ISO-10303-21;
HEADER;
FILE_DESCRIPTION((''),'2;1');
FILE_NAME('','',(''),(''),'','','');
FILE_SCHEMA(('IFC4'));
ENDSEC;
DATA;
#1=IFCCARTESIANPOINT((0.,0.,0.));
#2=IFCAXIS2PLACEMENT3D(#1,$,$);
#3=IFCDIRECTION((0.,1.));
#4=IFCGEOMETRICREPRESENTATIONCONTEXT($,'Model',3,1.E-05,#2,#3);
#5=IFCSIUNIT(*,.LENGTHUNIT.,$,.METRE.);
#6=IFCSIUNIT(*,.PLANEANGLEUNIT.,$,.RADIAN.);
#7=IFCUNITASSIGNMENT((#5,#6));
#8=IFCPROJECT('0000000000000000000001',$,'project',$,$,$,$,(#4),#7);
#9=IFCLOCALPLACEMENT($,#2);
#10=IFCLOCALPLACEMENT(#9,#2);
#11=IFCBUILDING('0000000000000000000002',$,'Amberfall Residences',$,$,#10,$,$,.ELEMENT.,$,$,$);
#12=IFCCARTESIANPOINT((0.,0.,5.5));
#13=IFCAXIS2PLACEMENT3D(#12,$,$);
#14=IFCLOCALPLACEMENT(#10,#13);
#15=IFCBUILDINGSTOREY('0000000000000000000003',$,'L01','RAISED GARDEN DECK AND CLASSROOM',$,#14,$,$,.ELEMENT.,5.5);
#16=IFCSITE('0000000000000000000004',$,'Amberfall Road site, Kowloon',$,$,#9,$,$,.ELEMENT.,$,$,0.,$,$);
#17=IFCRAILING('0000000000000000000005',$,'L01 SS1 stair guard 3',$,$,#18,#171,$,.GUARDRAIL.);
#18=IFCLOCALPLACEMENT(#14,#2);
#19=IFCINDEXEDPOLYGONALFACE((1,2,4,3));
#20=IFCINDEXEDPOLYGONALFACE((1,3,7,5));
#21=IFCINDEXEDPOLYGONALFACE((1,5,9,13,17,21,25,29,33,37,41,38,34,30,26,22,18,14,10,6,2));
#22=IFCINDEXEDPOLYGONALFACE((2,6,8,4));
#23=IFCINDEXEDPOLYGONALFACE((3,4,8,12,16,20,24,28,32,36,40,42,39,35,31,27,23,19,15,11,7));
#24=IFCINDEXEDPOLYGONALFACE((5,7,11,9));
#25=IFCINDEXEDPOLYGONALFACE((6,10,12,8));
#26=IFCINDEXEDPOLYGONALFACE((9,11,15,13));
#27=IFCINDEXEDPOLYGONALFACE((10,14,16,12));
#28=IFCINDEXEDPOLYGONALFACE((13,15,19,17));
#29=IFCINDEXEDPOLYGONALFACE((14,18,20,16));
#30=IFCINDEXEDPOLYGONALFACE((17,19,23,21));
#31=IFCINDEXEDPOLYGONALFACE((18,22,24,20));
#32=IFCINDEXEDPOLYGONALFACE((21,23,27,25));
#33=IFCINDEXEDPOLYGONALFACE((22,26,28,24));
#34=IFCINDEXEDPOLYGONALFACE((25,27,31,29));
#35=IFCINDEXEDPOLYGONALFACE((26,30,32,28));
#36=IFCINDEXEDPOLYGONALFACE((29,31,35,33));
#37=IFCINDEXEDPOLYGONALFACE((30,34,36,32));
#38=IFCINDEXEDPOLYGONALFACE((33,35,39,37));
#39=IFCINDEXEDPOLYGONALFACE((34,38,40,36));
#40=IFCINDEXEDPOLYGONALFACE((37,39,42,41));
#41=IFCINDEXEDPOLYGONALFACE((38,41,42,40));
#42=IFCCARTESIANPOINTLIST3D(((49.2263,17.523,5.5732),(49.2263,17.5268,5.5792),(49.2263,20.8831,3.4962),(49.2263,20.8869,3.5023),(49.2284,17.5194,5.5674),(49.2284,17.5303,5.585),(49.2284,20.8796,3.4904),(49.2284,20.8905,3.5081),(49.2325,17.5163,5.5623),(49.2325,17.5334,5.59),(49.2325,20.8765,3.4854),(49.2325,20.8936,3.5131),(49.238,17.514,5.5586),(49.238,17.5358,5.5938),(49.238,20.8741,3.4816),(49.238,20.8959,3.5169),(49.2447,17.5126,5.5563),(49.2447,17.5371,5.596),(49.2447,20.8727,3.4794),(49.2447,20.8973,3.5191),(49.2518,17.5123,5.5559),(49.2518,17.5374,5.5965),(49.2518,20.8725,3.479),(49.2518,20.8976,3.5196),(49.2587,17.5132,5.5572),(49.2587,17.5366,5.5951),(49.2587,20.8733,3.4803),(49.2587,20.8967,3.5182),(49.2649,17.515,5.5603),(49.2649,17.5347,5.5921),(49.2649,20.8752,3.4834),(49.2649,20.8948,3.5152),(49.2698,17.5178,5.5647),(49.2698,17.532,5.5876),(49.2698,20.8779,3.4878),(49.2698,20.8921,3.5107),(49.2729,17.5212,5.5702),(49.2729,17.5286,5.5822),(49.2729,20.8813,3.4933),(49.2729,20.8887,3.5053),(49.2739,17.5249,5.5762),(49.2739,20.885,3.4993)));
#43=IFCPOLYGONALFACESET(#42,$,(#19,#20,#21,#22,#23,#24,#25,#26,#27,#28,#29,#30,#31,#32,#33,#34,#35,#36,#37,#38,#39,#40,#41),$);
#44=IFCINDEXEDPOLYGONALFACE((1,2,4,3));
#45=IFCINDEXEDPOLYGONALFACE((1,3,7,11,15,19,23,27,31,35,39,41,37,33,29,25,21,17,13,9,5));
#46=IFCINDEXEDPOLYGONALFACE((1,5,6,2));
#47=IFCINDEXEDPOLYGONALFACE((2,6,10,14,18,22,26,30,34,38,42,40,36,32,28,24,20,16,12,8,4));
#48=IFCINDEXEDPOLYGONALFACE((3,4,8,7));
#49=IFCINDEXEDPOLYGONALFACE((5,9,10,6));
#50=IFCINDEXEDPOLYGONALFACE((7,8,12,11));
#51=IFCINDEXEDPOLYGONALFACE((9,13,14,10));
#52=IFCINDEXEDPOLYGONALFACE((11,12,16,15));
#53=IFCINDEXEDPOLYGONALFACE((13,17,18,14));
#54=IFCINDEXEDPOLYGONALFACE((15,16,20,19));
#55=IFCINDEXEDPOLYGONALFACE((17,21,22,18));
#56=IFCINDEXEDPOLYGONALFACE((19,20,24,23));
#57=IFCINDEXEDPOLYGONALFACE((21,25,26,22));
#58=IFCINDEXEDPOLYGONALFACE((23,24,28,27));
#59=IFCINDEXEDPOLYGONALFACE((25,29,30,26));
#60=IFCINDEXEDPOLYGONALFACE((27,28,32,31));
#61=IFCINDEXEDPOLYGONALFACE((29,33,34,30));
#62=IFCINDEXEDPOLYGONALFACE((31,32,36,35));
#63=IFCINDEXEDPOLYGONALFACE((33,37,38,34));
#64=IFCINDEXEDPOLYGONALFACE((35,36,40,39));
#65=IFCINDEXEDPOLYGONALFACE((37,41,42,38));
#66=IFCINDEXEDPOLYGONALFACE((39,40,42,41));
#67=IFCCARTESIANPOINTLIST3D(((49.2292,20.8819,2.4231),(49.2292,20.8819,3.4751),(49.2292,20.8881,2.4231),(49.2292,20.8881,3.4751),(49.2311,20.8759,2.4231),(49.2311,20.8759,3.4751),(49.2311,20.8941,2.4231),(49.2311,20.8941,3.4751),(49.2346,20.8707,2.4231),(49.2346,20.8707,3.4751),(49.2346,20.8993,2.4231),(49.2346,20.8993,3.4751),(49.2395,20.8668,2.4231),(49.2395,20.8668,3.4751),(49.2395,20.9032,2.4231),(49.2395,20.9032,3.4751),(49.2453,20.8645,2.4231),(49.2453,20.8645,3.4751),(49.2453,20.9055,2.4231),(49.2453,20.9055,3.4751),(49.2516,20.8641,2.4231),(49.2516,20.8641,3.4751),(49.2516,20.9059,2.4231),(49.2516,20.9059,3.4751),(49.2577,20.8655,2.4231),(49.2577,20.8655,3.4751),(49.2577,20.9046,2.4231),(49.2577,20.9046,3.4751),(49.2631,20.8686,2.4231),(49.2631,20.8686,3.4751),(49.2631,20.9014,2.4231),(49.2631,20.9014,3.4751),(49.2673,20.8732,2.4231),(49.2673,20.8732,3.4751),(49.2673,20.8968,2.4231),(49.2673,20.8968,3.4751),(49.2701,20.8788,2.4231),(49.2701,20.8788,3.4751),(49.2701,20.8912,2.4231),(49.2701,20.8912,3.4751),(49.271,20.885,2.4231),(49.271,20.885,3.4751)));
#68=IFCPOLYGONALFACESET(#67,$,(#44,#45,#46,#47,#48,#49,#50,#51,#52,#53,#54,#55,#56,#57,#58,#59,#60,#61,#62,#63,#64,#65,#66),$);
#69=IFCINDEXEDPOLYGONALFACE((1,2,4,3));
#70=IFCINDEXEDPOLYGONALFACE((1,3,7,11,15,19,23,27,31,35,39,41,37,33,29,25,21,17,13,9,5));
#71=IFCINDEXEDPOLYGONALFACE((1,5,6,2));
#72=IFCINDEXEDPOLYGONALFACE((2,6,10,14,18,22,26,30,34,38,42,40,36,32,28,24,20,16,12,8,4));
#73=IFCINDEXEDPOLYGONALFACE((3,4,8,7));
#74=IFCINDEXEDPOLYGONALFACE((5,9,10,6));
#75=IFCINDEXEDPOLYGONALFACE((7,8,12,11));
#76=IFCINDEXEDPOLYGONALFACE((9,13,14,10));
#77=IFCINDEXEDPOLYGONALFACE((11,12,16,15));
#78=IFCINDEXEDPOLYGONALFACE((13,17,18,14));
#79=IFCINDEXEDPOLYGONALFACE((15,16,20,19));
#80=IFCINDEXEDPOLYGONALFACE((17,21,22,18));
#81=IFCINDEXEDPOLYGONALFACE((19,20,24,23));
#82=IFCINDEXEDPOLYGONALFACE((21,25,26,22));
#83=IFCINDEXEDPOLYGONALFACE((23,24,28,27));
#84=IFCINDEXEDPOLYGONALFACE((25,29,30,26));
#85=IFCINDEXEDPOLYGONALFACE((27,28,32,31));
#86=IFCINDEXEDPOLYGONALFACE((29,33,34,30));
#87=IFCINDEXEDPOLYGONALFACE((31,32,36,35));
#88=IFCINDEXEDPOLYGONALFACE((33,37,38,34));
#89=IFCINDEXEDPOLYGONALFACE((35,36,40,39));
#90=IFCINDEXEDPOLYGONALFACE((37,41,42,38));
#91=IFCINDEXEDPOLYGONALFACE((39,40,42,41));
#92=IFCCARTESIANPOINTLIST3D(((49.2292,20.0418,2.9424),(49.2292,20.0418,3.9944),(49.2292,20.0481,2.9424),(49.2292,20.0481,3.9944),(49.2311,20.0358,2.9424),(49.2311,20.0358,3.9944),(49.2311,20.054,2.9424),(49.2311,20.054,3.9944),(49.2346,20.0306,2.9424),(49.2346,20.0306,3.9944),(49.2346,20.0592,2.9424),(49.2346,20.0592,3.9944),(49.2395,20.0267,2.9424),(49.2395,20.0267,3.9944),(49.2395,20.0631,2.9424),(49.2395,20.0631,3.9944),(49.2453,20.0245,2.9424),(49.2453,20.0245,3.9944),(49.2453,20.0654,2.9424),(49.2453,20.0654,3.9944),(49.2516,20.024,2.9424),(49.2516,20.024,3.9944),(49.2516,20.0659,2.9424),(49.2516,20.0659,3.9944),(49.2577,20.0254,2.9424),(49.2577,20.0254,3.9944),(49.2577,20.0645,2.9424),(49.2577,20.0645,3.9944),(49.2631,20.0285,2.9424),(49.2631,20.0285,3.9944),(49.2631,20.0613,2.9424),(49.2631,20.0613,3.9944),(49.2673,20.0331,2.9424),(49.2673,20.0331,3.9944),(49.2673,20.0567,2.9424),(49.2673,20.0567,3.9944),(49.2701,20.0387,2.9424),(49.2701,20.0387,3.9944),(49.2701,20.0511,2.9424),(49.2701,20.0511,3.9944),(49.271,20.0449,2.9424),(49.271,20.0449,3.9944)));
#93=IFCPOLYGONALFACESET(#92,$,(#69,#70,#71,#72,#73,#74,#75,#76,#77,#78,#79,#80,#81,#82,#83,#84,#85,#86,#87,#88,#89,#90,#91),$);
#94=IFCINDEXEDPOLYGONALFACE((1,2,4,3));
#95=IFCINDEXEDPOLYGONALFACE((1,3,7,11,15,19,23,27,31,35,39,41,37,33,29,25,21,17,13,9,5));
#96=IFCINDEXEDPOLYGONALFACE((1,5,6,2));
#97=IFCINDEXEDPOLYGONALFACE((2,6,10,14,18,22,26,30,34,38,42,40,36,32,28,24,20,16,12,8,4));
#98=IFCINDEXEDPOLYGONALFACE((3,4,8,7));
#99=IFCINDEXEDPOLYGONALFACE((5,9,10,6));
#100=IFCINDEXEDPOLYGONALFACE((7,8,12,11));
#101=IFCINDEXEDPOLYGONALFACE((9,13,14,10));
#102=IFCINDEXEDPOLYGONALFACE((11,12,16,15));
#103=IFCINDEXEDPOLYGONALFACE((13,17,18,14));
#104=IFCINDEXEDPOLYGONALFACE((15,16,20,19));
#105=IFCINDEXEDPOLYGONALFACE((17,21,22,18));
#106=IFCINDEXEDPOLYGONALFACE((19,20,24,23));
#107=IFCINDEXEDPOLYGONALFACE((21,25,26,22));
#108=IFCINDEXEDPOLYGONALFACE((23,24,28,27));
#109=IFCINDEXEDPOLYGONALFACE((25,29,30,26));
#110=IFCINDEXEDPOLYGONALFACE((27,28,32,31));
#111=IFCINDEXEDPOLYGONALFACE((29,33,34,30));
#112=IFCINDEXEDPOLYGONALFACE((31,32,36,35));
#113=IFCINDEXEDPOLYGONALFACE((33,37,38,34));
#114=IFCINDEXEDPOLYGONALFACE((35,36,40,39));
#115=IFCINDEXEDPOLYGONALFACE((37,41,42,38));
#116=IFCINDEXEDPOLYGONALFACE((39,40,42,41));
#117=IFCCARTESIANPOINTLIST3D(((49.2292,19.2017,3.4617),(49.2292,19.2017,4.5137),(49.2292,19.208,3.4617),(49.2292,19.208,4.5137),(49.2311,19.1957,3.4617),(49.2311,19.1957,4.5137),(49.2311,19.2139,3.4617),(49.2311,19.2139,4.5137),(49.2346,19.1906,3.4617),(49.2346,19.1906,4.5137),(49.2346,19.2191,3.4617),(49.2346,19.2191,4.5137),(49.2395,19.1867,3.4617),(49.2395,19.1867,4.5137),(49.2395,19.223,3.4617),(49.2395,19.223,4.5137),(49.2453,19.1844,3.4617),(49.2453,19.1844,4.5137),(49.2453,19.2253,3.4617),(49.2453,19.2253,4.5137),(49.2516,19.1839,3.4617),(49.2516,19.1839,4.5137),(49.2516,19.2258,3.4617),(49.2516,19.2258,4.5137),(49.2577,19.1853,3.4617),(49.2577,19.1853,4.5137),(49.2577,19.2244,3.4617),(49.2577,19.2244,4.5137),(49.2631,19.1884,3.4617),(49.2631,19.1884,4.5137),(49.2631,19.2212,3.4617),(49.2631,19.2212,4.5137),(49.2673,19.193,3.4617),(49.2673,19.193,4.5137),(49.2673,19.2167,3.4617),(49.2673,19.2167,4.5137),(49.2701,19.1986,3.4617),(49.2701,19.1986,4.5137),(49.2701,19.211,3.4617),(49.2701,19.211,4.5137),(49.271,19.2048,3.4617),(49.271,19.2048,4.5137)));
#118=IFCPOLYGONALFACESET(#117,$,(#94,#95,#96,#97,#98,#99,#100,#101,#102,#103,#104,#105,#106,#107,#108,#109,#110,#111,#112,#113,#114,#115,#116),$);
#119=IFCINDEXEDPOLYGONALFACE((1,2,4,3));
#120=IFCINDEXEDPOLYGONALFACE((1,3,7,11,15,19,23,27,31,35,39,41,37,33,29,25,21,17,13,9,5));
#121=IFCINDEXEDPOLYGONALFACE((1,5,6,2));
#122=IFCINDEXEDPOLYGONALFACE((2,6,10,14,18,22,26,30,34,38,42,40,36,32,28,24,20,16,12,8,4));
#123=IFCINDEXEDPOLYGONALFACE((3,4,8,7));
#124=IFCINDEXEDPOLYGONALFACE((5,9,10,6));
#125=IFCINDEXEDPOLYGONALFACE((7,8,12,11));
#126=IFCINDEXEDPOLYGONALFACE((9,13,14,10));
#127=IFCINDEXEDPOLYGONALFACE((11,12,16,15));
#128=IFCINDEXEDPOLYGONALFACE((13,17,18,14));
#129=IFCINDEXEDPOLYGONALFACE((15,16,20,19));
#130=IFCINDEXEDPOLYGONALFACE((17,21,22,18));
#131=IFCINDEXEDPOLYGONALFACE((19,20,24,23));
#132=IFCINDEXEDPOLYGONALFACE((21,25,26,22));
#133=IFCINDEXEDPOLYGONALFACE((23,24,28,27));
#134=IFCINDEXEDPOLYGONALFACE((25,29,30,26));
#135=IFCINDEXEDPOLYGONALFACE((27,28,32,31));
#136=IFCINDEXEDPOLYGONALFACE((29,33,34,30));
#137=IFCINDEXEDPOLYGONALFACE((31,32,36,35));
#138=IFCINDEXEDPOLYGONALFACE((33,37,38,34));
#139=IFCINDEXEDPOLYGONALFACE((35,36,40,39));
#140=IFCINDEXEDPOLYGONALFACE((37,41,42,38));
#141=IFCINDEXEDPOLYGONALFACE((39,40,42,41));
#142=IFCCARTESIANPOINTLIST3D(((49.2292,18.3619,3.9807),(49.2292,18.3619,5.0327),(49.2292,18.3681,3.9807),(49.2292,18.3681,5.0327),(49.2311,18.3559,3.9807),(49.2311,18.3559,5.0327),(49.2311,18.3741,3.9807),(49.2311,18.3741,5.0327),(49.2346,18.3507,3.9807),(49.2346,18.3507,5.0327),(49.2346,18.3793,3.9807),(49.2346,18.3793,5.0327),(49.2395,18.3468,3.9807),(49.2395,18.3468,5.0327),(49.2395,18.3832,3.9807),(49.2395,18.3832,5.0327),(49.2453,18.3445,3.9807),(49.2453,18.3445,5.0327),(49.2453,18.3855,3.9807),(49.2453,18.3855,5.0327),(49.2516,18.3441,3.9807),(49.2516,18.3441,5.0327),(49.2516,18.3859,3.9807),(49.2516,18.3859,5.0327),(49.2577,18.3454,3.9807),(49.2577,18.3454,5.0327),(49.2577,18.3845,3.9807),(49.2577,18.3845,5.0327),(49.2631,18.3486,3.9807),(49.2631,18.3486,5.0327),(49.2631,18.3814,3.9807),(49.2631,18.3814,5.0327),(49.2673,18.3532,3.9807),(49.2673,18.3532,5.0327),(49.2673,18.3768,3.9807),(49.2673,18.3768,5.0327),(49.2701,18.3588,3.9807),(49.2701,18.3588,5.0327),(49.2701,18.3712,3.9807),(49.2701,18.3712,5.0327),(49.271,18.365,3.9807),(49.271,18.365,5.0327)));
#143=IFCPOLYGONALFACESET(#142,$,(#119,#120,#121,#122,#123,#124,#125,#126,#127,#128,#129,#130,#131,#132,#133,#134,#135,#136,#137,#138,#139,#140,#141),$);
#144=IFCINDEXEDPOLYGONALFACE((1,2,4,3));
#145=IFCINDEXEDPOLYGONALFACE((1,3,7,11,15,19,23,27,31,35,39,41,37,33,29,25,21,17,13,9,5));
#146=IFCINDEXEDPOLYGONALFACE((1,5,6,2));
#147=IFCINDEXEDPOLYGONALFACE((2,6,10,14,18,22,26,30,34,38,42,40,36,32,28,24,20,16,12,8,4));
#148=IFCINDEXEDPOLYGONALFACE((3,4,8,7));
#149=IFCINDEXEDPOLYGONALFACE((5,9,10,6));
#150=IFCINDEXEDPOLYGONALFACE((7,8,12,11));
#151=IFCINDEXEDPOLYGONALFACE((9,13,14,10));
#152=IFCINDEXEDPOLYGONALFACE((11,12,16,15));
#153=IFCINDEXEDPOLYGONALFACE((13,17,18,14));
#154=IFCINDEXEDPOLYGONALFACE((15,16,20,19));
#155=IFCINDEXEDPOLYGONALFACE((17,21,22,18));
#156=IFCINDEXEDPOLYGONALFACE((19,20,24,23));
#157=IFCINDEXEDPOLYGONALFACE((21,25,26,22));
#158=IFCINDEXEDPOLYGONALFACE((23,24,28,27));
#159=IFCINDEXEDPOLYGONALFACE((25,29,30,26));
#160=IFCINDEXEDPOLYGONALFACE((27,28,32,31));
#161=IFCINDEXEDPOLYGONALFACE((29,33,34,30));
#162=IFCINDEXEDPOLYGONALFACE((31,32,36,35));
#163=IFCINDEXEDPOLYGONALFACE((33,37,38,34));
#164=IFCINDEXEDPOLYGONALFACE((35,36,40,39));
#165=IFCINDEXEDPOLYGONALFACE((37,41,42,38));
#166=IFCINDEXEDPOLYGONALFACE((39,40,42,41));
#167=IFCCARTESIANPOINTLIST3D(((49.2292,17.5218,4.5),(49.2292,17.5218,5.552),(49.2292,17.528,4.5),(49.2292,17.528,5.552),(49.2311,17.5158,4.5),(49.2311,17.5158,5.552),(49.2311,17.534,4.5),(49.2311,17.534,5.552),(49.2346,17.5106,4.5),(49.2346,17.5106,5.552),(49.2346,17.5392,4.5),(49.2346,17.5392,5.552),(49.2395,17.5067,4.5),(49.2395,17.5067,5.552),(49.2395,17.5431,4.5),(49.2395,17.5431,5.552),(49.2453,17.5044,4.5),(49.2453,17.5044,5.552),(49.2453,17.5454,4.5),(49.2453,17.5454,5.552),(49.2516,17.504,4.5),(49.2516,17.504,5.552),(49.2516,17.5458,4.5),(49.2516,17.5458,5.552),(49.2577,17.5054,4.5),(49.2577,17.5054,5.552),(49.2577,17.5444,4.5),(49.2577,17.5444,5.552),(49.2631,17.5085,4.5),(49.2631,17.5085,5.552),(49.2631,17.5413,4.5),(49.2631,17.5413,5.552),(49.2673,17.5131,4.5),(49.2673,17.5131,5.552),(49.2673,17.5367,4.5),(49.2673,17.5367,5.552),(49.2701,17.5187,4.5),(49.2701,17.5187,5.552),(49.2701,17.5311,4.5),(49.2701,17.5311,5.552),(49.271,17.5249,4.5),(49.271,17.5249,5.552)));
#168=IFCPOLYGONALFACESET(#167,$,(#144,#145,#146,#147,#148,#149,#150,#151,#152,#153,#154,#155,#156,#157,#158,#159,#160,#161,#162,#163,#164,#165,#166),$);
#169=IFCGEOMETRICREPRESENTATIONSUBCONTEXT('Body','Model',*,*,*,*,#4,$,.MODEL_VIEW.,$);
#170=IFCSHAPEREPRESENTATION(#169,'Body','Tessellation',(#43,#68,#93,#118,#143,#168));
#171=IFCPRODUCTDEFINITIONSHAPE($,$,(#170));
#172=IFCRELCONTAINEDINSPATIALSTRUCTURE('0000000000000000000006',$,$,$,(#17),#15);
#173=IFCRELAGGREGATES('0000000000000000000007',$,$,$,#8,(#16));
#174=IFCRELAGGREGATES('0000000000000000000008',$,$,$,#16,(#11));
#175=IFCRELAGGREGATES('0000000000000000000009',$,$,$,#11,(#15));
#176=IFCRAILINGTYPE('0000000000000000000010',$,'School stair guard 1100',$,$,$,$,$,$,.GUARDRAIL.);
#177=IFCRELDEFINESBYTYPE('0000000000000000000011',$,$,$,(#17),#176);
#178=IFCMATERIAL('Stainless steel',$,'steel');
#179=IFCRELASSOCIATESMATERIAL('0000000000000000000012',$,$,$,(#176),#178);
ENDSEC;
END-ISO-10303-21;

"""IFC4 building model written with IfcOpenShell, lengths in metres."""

from ifc_helpers import new_model, si_unit, direction, frame, origin, origin_2d, place, context, subcontext, project, spatial, circle, extrude, material, type_object, element, save


model = new_model("IFC4")

# Units and contexts
model_context = context("Model", 3, precision=1e-05, world=origin(), true_north=direction((0.0, 1.0)))
body_context = subcontext(model_context, "Body", "Model", "MODEL_VIEW")
ifc_project = project(units=[si_unit("LENGTHUNIT", "METRE"), si_unit("PLANEANGLEUNIT", "RADIAN")], contexts=[model_context])

# Site, building, storey
site_placement = place(None, origin())
site = spatial("IfcSite", under=ifc_project, at=site_placement, Name="Amberfall Road site, Kowloon", CompositionType="ELEMENT", RefElevation=0.0)
building_placement = place(site_placement, origin())
building = spatial("IfcBuilding", under=site, at=building_placement, Name="Amberfall Residences", CompositionType="ELEMENT")
storey_placement = place(building_placement, frame((0.0, 0.0, 5.5)))
storey = spatial("IfcBuildingStorey", under=building, at=storey_placement, Name="L01", Description="RAISED GARDEN DECK AND CLASSROOM", CompositionType="ELEMENT", Elevation=5.5)

# Railing
ifc_material_1 = material(Name="Stainless steel", Category="steel")
railing_type_1 = type_object("IfcRailingType", Name="School stair guard 1100", PredefinedType="GUARDRAIL", material=ifc_material_1)
railing_1_placement = place(storey_placement, frame((49.25, 20.885, 2.4231)))
element("IfcRailing", 1, at=railing_1_placement, inside=storey, type_object=railing_type_1, Name="L01 SS1 stair guard 3", PredefinedType="GUARDRAIL", context=body_context, shape_type="SweptSolid", body=[
    extrude(circle(Radius=0.0239, at=origin_2d()), frame((0.0, 0.0, 1.0762), z_axis=(0.0, -0.850623, 0.525776), x_axis=(1.0, 0.0, 0.0)), (0.0, 0.0, 1.0), 3.9502),
    extrude(circle(Radius=0.021, at=origin_2d()), origin(), (0.0, 0.0, 1.0), 1.052),
    extrude(circle(Radius=0.021, at=origin_2d()), frame((0.0, -0.8401, 0.5193)), (0.0, 0.0, 1.0), 1.052),
    extrude(circle(Radius=0.021, at=origin_2d()), frame((0.0, -1.6802, 1.0386)), (0.0, 0.0, 1.0), 1.052),
    extrude(circle(Radius=0.021, at=origin_2d()), frame((0.0, -2.52, 1.5576)), (0.0, 0.0, 1.0), 1.052),
    extrude(circle(Radius=0.021, at=origin_2d()), frame((0.0, -3.3601, 2.0769)), (0.0, 0.0, 1.0), 1.052),
])

save(model, "model.ifc")
